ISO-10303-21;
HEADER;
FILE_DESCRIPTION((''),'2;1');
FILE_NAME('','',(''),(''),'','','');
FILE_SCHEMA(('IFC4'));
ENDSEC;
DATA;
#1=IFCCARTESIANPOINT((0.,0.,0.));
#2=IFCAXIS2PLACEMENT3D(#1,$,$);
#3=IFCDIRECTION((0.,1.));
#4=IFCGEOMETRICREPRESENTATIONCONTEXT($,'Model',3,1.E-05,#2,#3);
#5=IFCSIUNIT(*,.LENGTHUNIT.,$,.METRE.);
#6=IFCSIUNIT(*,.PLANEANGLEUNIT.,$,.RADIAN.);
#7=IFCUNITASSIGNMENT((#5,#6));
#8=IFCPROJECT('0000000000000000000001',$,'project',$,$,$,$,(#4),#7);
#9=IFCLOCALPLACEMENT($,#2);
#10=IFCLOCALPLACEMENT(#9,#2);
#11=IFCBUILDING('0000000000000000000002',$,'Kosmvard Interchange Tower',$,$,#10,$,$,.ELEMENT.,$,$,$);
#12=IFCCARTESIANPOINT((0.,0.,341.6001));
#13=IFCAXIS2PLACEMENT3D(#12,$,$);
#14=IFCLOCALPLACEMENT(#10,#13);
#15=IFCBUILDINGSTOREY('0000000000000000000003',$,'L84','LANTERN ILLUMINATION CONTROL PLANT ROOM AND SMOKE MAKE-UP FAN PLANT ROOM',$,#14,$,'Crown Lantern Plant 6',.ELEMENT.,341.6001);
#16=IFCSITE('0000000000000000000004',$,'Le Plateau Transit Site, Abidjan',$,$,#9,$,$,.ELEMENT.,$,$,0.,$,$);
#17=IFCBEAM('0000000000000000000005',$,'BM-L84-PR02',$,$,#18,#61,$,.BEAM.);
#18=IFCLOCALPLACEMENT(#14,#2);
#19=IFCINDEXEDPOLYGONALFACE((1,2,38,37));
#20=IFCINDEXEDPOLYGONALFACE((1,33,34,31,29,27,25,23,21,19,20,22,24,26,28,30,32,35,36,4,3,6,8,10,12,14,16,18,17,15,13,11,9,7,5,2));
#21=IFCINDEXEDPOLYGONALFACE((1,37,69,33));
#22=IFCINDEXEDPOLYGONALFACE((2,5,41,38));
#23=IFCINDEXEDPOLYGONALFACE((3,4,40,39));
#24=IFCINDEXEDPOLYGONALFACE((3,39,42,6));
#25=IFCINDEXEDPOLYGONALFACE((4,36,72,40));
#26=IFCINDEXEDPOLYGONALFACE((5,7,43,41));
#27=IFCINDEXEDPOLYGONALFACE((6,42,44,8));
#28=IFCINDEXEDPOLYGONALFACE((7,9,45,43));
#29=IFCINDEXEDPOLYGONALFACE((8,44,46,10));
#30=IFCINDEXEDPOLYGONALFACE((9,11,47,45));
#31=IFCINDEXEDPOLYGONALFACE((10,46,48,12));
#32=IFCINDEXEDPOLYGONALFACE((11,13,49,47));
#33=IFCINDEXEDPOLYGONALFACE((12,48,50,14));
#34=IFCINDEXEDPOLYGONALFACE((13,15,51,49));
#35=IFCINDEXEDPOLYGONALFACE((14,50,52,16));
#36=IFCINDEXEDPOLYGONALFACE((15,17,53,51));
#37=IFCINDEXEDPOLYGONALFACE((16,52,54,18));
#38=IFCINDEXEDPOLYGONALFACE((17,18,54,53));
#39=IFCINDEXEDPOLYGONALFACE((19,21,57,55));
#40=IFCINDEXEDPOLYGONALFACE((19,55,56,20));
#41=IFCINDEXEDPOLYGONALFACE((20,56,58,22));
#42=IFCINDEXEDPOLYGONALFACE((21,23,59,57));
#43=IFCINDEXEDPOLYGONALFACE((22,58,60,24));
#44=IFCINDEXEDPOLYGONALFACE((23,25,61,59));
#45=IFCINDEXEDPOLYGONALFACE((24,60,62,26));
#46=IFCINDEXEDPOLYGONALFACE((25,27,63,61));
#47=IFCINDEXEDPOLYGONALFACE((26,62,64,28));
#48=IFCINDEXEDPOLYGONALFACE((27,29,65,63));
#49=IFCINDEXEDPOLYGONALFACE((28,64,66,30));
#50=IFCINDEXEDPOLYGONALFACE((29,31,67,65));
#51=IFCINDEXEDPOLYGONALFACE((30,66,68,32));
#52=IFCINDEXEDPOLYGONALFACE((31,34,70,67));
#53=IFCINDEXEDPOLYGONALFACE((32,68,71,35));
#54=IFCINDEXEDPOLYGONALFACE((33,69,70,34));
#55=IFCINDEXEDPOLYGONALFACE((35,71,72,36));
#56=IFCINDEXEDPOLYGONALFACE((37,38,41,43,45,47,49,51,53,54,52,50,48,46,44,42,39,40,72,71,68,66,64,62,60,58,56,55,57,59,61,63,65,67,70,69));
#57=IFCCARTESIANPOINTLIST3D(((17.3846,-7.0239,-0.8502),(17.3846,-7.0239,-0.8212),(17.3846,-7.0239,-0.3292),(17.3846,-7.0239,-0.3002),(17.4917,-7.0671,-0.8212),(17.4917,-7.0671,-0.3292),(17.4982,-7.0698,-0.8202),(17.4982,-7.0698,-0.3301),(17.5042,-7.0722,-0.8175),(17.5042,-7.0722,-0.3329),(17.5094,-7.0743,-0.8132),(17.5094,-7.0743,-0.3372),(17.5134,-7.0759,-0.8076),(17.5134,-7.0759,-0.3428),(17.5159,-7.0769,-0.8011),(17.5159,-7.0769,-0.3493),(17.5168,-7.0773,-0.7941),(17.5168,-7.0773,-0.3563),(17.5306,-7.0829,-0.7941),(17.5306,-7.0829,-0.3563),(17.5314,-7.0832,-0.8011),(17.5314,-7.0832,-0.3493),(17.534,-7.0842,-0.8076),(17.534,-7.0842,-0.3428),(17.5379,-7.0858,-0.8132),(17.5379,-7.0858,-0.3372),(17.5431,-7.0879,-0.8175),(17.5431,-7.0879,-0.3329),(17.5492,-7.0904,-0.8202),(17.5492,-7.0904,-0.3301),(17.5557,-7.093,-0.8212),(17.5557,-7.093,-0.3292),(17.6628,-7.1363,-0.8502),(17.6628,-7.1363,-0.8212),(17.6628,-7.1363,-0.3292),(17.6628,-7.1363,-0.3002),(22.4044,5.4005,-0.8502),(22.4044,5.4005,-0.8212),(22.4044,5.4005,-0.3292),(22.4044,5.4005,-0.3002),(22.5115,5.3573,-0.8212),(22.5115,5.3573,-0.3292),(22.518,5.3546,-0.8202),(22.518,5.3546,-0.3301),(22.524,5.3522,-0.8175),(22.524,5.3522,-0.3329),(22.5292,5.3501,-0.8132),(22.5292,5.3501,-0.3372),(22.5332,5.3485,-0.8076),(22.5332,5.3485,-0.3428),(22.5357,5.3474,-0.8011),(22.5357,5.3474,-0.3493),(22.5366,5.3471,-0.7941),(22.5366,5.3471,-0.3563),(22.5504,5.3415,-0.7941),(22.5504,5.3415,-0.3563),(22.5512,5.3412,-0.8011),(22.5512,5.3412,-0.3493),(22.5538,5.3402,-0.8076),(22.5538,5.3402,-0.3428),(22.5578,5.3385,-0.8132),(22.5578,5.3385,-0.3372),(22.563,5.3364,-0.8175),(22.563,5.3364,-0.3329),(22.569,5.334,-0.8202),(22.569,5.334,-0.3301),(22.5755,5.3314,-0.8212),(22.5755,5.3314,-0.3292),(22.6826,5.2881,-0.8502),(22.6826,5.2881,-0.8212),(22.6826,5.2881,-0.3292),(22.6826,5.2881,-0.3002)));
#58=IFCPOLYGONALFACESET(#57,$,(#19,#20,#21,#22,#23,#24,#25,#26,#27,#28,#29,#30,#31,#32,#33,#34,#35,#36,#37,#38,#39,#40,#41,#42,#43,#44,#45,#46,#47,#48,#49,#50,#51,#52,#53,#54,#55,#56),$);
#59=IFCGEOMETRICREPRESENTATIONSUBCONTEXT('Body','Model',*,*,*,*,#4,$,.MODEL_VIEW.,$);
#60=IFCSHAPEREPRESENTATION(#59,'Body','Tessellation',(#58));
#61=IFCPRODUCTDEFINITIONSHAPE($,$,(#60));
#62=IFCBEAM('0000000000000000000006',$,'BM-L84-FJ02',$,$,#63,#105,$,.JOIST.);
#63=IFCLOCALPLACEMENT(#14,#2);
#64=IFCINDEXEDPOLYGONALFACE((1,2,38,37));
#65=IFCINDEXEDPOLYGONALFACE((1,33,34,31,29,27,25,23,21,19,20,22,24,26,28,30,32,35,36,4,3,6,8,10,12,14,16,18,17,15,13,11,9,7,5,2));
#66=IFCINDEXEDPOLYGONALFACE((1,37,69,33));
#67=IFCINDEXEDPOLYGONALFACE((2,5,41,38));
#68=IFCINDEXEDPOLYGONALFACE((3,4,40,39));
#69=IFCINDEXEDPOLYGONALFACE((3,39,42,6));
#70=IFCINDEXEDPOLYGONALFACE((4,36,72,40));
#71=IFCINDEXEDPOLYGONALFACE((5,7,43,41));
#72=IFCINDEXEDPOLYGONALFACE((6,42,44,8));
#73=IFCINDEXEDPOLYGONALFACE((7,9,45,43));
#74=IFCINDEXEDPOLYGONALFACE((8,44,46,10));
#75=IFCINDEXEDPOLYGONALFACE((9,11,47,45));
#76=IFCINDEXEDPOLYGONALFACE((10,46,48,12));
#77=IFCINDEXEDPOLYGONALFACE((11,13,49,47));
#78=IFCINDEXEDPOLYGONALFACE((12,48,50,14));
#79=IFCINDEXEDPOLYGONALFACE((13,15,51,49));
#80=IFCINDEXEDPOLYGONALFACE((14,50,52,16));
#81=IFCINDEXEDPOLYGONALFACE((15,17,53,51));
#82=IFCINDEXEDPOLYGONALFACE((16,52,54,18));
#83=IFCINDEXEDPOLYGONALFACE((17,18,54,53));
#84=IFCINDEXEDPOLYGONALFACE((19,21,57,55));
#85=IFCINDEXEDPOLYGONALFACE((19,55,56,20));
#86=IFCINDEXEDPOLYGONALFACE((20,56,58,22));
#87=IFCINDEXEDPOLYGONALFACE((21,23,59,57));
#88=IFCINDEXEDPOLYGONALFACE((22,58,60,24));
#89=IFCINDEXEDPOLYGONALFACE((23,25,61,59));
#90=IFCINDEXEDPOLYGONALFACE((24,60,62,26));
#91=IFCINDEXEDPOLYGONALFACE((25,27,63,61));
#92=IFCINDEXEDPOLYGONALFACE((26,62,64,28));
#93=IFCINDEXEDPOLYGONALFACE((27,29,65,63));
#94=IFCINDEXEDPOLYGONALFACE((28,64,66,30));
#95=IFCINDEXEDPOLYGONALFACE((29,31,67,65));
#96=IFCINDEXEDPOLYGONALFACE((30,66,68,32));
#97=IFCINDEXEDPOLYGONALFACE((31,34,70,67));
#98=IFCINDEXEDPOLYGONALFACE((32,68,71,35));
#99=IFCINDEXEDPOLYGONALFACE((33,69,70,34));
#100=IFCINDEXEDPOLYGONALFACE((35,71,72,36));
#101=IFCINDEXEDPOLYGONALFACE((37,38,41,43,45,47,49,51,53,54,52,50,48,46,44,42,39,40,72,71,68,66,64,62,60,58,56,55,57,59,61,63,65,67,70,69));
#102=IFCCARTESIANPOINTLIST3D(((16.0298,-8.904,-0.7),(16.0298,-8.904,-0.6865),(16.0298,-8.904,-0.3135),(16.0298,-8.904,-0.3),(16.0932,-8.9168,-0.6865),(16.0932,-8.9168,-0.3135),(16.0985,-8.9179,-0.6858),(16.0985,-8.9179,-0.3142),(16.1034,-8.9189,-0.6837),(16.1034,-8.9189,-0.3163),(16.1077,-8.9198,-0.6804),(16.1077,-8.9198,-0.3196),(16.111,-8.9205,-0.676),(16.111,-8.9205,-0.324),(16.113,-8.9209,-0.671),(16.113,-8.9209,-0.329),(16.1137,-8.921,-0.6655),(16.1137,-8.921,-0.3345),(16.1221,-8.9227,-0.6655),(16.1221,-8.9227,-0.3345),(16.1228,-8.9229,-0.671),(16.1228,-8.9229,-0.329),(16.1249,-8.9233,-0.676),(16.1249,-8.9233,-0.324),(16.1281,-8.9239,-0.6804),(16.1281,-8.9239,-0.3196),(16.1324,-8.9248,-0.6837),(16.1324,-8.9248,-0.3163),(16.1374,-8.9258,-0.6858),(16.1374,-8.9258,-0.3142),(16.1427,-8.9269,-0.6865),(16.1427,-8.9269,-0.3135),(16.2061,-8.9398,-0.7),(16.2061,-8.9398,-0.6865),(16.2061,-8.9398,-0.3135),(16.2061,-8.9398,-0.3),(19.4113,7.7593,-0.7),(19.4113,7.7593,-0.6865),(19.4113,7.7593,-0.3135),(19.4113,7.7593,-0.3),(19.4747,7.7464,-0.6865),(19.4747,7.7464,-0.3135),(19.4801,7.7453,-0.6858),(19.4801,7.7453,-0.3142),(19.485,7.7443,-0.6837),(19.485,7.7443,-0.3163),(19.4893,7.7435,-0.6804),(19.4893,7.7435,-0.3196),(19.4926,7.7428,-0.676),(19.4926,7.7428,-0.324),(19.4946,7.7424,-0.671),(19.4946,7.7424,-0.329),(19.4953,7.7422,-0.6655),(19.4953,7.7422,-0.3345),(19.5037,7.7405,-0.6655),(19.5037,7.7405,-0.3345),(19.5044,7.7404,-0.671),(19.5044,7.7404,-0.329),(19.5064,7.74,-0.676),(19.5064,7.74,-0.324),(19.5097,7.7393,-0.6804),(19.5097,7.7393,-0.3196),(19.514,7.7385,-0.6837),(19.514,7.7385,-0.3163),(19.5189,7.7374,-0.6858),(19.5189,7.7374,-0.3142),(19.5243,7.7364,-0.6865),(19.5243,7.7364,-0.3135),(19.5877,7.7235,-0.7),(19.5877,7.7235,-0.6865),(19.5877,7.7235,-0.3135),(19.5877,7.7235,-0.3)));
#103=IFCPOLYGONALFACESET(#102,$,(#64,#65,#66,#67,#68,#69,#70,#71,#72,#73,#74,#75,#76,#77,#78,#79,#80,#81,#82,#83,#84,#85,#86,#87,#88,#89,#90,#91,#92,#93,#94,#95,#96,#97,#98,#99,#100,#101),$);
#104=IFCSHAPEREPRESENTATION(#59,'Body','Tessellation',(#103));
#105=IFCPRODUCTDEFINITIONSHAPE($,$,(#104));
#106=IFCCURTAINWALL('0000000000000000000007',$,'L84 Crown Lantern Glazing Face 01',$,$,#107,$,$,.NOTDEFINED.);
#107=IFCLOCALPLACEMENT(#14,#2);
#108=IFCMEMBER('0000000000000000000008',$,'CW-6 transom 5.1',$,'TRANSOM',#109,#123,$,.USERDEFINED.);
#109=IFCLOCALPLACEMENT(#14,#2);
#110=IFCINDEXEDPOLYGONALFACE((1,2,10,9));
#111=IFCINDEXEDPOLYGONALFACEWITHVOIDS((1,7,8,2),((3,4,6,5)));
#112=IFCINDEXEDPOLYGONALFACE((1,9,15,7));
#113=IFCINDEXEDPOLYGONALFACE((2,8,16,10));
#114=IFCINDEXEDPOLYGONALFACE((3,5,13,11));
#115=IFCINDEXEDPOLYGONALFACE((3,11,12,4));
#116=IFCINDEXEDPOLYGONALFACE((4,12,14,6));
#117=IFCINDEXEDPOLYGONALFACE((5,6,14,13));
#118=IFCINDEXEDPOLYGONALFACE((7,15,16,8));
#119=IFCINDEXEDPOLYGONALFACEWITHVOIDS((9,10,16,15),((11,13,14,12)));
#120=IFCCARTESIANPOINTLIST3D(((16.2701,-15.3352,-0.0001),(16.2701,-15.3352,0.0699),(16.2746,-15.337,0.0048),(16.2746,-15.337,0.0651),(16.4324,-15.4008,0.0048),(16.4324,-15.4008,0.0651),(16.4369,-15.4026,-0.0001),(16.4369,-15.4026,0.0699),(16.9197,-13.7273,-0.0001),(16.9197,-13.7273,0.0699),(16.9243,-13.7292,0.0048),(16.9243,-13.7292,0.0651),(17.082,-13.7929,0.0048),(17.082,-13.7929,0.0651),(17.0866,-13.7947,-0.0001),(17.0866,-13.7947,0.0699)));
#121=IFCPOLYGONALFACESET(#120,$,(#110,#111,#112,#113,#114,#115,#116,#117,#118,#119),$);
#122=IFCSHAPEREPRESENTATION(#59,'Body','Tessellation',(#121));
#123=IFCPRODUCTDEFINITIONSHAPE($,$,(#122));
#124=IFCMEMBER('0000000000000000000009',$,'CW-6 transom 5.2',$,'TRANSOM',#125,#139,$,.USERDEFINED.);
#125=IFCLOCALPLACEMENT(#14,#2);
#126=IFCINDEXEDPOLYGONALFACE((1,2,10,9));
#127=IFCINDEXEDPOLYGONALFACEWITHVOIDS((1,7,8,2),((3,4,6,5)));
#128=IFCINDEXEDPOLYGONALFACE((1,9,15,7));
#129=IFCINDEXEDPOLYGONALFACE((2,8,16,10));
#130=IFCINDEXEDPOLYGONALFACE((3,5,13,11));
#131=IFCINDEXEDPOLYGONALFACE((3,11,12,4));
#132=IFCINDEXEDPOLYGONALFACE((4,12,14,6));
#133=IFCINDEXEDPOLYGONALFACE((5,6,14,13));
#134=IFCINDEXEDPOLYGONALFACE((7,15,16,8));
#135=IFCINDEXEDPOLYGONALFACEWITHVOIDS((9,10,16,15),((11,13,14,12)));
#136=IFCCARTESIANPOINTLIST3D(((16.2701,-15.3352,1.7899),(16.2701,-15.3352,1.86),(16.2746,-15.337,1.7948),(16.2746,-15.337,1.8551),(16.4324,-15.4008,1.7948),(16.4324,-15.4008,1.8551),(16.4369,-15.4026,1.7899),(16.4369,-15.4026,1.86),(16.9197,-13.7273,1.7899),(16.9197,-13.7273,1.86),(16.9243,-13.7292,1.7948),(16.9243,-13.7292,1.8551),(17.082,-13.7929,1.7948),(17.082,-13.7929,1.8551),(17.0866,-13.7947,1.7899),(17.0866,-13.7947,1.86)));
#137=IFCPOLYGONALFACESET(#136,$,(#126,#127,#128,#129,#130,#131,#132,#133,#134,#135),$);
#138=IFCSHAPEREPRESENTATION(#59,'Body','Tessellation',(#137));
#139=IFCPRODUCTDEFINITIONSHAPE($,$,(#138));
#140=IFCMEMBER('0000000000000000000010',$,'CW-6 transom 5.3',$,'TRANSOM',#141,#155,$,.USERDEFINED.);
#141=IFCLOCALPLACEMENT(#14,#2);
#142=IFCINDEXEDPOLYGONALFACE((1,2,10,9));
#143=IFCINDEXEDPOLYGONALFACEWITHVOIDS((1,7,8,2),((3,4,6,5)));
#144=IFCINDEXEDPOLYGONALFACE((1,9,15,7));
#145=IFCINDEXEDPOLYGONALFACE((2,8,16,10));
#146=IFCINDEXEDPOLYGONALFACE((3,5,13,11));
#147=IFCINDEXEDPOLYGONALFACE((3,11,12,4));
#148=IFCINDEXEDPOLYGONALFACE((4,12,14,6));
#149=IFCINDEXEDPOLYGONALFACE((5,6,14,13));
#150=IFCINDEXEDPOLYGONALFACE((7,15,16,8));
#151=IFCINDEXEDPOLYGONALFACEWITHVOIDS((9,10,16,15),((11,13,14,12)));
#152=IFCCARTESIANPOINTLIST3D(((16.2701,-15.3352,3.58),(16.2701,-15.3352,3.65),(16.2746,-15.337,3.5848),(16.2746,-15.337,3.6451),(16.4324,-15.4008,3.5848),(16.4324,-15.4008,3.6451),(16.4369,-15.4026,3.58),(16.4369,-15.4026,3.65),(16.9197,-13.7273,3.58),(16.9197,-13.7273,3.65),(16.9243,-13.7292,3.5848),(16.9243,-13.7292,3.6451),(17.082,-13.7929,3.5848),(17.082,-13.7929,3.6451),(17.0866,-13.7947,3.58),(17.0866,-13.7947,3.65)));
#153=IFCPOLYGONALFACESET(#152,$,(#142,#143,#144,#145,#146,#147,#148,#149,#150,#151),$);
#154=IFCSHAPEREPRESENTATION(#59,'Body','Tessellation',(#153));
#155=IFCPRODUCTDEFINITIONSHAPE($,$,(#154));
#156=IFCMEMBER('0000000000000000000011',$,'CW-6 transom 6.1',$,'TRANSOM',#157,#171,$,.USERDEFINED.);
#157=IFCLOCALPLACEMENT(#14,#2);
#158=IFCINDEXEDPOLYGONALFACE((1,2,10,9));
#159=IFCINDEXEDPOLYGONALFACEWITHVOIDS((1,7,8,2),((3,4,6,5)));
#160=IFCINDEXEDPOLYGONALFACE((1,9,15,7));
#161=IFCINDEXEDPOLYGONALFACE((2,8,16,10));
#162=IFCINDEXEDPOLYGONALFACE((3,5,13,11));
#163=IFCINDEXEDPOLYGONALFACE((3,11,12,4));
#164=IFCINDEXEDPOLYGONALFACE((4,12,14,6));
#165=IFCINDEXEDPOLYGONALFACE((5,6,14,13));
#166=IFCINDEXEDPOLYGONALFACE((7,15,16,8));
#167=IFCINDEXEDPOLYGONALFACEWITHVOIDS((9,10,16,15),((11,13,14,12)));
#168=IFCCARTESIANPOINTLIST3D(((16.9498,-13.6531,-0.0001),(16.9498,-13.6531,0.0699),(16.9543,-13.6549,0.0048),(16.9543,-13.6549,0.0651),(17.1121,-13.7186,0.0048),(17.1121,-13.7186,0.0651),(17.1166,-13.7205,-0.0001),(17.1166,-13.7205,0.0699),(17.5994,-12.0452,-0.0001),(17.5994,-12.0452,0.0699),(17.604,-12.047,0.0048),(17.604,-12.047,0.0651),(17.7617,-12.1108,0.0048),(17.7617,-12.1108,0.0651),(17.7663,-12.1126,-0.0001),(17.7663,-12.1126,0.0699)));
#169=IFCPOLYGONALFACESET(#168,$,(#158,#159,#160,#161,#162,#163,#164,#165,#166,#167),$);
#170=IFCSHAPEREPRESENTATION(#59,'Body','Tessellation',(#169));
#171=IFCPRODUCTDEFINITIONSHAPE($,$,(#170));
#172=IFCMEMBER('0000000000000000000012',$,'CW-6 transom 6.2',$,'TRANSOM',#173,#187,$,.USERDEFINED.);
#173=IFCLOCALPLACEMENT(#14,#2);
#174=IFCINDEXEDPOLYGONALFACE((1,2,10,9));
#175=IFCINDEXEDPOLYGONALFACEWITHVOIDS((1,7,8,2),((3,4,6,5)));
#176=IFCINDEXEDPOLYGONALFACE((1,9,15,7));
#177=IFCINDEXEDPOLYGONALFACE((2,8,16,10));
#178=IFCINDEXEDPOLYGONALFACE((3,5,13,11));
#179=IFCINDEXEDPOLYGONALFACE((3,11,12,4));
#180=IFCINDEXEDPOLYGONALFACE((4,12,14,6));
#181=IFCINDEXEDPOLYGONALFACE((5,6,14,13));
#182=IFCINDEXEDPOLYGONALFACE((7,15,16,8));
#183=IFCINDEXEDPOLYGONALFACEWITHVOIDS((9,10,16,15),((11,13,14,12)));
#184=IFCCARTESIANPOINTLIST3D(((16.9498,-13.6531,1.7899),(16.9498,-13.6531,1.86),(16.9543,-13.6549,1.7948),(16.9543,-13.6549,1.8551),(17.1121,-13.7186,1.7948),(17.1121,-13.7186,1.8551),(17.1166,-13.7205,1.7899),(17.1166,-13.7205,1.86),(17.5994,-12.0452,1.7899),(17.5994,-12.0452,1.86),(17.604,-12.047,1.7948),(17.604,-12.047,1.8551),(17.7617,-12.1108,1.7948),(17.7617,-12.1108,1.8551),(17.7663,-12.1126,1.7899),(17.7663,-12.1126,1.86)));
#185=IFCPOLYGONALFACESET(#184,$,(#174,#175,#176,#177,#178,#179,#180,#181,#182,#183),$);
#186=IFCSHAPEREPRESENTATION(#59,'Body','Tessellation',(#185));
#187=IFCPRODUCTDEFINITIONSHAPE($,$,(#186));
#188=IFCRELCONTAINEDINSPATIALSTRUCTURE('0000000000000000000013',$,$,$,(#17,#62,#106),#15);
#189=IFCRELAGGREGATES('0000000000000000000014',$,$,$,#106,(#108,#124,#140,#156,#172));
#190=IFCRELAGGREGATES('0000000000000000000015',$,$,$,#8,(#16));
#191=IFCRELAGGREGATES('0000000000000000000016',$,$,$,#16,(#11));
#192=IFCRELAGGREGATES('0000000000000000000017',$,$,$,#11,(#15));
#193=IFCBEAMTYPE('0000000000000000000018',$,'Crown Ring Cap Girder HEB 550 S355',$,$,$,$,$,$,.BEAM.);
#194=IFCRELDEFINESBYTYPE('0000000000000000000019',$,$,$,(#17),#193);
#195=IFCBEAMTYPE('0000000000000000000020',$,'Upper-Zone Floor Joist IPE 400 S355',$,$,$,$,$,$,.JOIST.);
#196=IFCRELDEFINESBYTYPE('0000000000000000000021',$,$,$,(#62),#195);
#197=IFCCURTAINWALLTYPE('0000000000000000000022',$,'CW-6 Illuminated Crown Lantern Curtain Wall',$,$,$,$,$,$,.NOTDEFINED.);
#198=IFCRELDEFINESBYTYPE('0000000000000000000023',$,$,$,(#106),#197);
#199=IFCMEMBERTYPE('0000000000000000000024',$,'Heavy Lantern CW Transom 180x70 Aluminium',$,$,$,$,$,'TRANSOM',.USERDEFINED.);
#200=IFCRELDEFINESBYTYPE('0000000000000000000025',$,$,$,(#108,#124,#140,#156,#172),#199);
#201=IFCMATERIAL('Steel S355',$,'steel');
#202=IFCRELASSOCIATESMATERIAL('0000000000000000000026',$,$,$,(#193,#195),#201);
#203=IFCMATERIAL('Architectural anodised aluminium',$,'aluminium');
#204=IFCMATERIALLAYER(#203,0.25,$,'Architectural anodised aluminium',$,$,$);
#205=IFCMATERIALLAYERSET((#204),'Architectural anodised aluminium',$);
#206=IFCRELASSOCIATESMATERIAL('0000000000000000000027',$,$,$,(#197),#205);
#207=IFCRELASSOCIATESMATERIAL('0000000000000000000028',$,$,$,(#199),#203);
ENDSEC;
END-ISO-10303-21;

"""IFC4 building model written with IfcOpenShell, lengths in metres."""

from ifc_helpers import new_model, si_unit, direction, frame, origin, origin_2d, place, context, subcontext, project, spatial, hollow_rectangle, i_section, extrude, source, transform, mapped, material, layer, layer_set, material_profile, profile_set, type_object, element, aggregate, save


model = new_model("IFC4")

# Units and contexts
model_context = context("Model", 3, precision=1e-05, world=origin(), true_north=direction((0.0, 1.0)))
body_context = subcontext(model_context, "Body", "Model", "MODEL_VIEW")
ifc_project = project(units=[si_unit("LENGTHUNIT", "METRE"), si_unit("PLANEANGLEUNIT", "RADIAN")], contexts=[model_context])

# Site, building, storey
site_placement = place(None, origin())
site = spatial("IfcSite", under=ifc_project, at=site_placement, Name="Le Plateau Transit Site, Abidjan", CompositionType="ELEMENT", RefElevation=0.0)
building_placement = place(site_placement, origin())
building = spatial("IfcBuilding", under=site, at=building_placement, Name="Kosmvard Interchange Tower", CompositionType="ELEMENT")
storey_placement = place(building_placement, frame((0.0, 0.0, 341.6001)))
storey = spatial("IfcBuildingStorey", under=building, at=storey_placement, Name="L84", Description="LANTERN ILLUMINATION CONTROL PLANT ROOM AND SMOKE MAKE-UP FAN PLANT ROOM", LongName="Crown Lantern Plant 6", CompositionType="ELEMENT", Elevation=341.6001)

# Shared definitions
ifc_material_1 = material(Name="Steel S355", Category="steel")

# Beams
ifc_material_profile_1 = material_profile(ifc_material_1, i_section(OverallWidth=0.3, OverallDepth=0.55, WebThickness=0.0149, FlangeThickness=0.0291, FilletRadius=0.0271, at=origin_2d()), Name="HEB 550")
ifc_profile_set_1 = profile_set([ifc_material_profile_1], Name="Steel S355")
beam_type_1 = type_object("IfcBeamType", Name="Crown Ring Cap Girder HEB 550 S355", PredefinedType="BEAM", material=ifc_profile_set_1)
shared_shape_1 = source(origin(), body_context, "Body", "SweptSolid", [
    extrude(i_section(OverallWidth=0.3, OverallDepth=0.55, WebThickness=0.0149, FlangeThickness=0.0291, FilletRadius=0.0271, at=origin_2d()), origin(), (0.0, 0.0, 1.0), 13.4001),
])
beam_1_placement = place(storey_placement, frame((17.5237, -7.0801, -0.5752), z_axis=(0.374608, 0.927183, 0.0), x_axis=(-0.927183, 0.374608, 0.0)))
element("IfcBeam", 1, at=beam_1_placement, inside=storey, type_object=beam_type_1, Name="BM-L84-PR02", PredefinedType="BEAM", context=body_context, shape_type="MappedRepresentation", body=[
    mapped(shared_shape_1, transform((0.0, 0.0, 0.0), scale=1.0)),
])
ifc_material_profile_2 = material_profile(ifc_material_1, i_section(OverallWidth=0.1799, OverallDepth=0.3999, WebThickness=0.0085, FlangeThickness=0.0134, FilletRadius=0.021, at=origin_2d()), Name="IPE 400")
ifc_profile_set_2 = profile_set([ifc_material_profile_2], Name="Steel S355")
beam_type_2 = type_object("IfcBeamType", Name="Upper-Zone Floor Joist IPE 400 S355", PredefinedType="JOIST", material=ifc_profile_set_2)
shared_shape_2 = source(origin(), body_context, "Body", "SweptSolid", [
    extrude(i_section(OverallWidth=0.1799, OverallDepth=0.3999, WebThickness=0.0085, FlangeThickness=0.0134, FilletRadius=0.021, at=origin_2d()), origin(), (0.0, 0.0, 1.0), 17.0029),
])
beam_2_placement = place(storey_placement, frame((16.1179, -8.9219, -0.5), z_axis=(0.198882, 0.980023, 0.0), x_axis=(-0.980023, 0.198882, 0.0)))
element("IfcBeam", 2, at=beam_2_placement, inside=storey, type_object=beam_type_2, Name="BM-L84-FJ02", PredefinedType="JOIST", context=body_context, shape_type="MappedRepresentation", body=[
    mapped(shared_shape_2, transform((0.0, 0.0, 0.0), scale=1.0)),
])

# Curtain wall, members
ifc_material_2 = material(Name="Architectural anodised aluminium", Category="aluminium")
ifc_layer_1 = layer(ifc_material_2, 0.25, Name="Architectural anodised aluminium")
ifc_layer_set_1 = layer_set([ifc_layer_1], Name="Architectural anodised aluminium")
curtain_wall_type = type_object("IfcCurtainWallType", Name="CW-6 Illuminated Crown Lantern Curtain Wall", PredefinedType="NOTDEFINED", material=ifc_layer_set_1)
curtain_wall_placement = place(storey_placement, origin())
curtain_wall = element("IfcCurtainWall", 3, at=curtain_wall_placement, inside=storey, type_object=curtain_wall_type, Name="L84 Crown Lantern Glazing Face 01", PredefinedType="NOTDEFINED")
ifc_material_profile_3 = material_profile(ifc_material_2, hollow_rectangle(XDim=0.1799, YDim=0.0701, WallThickness=0.0049, at=origin_2d()), Name="CWT 180x70x5")
ifc_profile_set_3 = profile_set([ifc_material_profile_3], Name="Architectural anodised aluminium")
member_type_1 = type_object("IfcMemberType", Name="Heavy Lantern CW Transom 180x70 Aluminium", ElementType="TRANSOM", PredefinedType="USERDEFINED", material=ifc_profile_set_3)
shared_shape_3 = source(origin(), body_context, "Body", "SweptSolid", [
    extrude(hollow_rectangle(XDim=0.1799, YDim=0.0701, WallThickness=0.0049, at=origin_2d()), origin(), (0.0, 0.0, 1.0), 1.7341),
])
member_1_placement = place(storey_placement, frame((16.3535, -15.3689, 0.0349), z_axis=(0.374617, 0.92718, 0.0), x_axis=(-0.92718, 0.374617, 0.0)))
member_1 = element("IfcMember", 4, at=member_1_placement, type_object=member_type_1, Name="CW-6 transom 5.1", ObjectType="TRANSOM", PredefinedType="USERDEFINED", context=body_context, shape_type="MappedRepresentation", body=[
    mapped(shared_shape_3, transform((0.0, 0.0, 0.0), scale=1.0)),
])
member_2_placement = place(storey_placement, frame((16.3535, -15.3689, 1.825), z_axis=(0.374617, 0.92718, 0.0), x_axis=(-0.92718, 0.374617, 0.0)))
member_2 = element("IfcMember", 5, at=member_2_placement, type_object=member_type_1, Name="CW-6 transom 5.2", ObjectType="TRANSOM", PredefinedType="USERDEFINED", context=body_context, shape_type="MappedRepresentation", body=[
    mapped(shared_shape_3, transform((0.0, 0.0, 0.0), scale=1.0)),
])
member_3_placement = place(storey_placement, frame((16.3535, -15.3689, 3.615), z_axis=(0.374617, 0.92718, 0.0), x_axis=(-0.92718, 0.374617, 0.0)))
member_3 = element("IfcMember", 6, at=member_3_placement, type_object=member_type_1, Name="CW-6 transom 5.3", ObjectType="TRANSOM", PredefinedType="USERDEFINED", context=body_context, shape_type="MappedRepresentation", body=[
    mapped(shared_shape_3, transform((0.0, 0.0, 0.0), scale=1.0)),
])
member_4_placement = place(storey_placement, frame((17.0332, -13.6868, 0.0349), z_axis=(0.374617, 0.92718, 0.0), x_axis=(-0.92718, 0.374617, 0.0)))
member_4 = element("IfcMember", 7, at=member_4_placement, type_object=member_type_1, Name="CW-6 transom 6.1", ObjectType="TRANSOM", PredefinedType="USERDEFINED", context=body_context, shape_type="MappedRepresentation", body=[
    mapped(shared_shape_3, transform((0.0, 0.0, 0.0), scale=1.0)),
])
member_5_placement = place(storey_placement, frame((17.0332, -13.6868, 1.825), z_axis=(0.374617, 0.92718, 0.0), x_axis=(-0.92718, 0.374617, 0.0)))
member_5 = element("IfcMember", 8, at=member_5_placement, type_object=member_type_1, Name="CW-6 transom 6.2", ObjectType="TRANSOM", PredefinedType="USERDEFINED", context=body_context, shape_type="MappedRepresentation", body=[
    mapped(shared_shape_3, transform((0.0, 0.0, 0.0), scale=1.0)),
])

aggregate(curtain_wall, [member_1, member_2, member_3, member_4, member_5])

save(model, "model.ifc")
